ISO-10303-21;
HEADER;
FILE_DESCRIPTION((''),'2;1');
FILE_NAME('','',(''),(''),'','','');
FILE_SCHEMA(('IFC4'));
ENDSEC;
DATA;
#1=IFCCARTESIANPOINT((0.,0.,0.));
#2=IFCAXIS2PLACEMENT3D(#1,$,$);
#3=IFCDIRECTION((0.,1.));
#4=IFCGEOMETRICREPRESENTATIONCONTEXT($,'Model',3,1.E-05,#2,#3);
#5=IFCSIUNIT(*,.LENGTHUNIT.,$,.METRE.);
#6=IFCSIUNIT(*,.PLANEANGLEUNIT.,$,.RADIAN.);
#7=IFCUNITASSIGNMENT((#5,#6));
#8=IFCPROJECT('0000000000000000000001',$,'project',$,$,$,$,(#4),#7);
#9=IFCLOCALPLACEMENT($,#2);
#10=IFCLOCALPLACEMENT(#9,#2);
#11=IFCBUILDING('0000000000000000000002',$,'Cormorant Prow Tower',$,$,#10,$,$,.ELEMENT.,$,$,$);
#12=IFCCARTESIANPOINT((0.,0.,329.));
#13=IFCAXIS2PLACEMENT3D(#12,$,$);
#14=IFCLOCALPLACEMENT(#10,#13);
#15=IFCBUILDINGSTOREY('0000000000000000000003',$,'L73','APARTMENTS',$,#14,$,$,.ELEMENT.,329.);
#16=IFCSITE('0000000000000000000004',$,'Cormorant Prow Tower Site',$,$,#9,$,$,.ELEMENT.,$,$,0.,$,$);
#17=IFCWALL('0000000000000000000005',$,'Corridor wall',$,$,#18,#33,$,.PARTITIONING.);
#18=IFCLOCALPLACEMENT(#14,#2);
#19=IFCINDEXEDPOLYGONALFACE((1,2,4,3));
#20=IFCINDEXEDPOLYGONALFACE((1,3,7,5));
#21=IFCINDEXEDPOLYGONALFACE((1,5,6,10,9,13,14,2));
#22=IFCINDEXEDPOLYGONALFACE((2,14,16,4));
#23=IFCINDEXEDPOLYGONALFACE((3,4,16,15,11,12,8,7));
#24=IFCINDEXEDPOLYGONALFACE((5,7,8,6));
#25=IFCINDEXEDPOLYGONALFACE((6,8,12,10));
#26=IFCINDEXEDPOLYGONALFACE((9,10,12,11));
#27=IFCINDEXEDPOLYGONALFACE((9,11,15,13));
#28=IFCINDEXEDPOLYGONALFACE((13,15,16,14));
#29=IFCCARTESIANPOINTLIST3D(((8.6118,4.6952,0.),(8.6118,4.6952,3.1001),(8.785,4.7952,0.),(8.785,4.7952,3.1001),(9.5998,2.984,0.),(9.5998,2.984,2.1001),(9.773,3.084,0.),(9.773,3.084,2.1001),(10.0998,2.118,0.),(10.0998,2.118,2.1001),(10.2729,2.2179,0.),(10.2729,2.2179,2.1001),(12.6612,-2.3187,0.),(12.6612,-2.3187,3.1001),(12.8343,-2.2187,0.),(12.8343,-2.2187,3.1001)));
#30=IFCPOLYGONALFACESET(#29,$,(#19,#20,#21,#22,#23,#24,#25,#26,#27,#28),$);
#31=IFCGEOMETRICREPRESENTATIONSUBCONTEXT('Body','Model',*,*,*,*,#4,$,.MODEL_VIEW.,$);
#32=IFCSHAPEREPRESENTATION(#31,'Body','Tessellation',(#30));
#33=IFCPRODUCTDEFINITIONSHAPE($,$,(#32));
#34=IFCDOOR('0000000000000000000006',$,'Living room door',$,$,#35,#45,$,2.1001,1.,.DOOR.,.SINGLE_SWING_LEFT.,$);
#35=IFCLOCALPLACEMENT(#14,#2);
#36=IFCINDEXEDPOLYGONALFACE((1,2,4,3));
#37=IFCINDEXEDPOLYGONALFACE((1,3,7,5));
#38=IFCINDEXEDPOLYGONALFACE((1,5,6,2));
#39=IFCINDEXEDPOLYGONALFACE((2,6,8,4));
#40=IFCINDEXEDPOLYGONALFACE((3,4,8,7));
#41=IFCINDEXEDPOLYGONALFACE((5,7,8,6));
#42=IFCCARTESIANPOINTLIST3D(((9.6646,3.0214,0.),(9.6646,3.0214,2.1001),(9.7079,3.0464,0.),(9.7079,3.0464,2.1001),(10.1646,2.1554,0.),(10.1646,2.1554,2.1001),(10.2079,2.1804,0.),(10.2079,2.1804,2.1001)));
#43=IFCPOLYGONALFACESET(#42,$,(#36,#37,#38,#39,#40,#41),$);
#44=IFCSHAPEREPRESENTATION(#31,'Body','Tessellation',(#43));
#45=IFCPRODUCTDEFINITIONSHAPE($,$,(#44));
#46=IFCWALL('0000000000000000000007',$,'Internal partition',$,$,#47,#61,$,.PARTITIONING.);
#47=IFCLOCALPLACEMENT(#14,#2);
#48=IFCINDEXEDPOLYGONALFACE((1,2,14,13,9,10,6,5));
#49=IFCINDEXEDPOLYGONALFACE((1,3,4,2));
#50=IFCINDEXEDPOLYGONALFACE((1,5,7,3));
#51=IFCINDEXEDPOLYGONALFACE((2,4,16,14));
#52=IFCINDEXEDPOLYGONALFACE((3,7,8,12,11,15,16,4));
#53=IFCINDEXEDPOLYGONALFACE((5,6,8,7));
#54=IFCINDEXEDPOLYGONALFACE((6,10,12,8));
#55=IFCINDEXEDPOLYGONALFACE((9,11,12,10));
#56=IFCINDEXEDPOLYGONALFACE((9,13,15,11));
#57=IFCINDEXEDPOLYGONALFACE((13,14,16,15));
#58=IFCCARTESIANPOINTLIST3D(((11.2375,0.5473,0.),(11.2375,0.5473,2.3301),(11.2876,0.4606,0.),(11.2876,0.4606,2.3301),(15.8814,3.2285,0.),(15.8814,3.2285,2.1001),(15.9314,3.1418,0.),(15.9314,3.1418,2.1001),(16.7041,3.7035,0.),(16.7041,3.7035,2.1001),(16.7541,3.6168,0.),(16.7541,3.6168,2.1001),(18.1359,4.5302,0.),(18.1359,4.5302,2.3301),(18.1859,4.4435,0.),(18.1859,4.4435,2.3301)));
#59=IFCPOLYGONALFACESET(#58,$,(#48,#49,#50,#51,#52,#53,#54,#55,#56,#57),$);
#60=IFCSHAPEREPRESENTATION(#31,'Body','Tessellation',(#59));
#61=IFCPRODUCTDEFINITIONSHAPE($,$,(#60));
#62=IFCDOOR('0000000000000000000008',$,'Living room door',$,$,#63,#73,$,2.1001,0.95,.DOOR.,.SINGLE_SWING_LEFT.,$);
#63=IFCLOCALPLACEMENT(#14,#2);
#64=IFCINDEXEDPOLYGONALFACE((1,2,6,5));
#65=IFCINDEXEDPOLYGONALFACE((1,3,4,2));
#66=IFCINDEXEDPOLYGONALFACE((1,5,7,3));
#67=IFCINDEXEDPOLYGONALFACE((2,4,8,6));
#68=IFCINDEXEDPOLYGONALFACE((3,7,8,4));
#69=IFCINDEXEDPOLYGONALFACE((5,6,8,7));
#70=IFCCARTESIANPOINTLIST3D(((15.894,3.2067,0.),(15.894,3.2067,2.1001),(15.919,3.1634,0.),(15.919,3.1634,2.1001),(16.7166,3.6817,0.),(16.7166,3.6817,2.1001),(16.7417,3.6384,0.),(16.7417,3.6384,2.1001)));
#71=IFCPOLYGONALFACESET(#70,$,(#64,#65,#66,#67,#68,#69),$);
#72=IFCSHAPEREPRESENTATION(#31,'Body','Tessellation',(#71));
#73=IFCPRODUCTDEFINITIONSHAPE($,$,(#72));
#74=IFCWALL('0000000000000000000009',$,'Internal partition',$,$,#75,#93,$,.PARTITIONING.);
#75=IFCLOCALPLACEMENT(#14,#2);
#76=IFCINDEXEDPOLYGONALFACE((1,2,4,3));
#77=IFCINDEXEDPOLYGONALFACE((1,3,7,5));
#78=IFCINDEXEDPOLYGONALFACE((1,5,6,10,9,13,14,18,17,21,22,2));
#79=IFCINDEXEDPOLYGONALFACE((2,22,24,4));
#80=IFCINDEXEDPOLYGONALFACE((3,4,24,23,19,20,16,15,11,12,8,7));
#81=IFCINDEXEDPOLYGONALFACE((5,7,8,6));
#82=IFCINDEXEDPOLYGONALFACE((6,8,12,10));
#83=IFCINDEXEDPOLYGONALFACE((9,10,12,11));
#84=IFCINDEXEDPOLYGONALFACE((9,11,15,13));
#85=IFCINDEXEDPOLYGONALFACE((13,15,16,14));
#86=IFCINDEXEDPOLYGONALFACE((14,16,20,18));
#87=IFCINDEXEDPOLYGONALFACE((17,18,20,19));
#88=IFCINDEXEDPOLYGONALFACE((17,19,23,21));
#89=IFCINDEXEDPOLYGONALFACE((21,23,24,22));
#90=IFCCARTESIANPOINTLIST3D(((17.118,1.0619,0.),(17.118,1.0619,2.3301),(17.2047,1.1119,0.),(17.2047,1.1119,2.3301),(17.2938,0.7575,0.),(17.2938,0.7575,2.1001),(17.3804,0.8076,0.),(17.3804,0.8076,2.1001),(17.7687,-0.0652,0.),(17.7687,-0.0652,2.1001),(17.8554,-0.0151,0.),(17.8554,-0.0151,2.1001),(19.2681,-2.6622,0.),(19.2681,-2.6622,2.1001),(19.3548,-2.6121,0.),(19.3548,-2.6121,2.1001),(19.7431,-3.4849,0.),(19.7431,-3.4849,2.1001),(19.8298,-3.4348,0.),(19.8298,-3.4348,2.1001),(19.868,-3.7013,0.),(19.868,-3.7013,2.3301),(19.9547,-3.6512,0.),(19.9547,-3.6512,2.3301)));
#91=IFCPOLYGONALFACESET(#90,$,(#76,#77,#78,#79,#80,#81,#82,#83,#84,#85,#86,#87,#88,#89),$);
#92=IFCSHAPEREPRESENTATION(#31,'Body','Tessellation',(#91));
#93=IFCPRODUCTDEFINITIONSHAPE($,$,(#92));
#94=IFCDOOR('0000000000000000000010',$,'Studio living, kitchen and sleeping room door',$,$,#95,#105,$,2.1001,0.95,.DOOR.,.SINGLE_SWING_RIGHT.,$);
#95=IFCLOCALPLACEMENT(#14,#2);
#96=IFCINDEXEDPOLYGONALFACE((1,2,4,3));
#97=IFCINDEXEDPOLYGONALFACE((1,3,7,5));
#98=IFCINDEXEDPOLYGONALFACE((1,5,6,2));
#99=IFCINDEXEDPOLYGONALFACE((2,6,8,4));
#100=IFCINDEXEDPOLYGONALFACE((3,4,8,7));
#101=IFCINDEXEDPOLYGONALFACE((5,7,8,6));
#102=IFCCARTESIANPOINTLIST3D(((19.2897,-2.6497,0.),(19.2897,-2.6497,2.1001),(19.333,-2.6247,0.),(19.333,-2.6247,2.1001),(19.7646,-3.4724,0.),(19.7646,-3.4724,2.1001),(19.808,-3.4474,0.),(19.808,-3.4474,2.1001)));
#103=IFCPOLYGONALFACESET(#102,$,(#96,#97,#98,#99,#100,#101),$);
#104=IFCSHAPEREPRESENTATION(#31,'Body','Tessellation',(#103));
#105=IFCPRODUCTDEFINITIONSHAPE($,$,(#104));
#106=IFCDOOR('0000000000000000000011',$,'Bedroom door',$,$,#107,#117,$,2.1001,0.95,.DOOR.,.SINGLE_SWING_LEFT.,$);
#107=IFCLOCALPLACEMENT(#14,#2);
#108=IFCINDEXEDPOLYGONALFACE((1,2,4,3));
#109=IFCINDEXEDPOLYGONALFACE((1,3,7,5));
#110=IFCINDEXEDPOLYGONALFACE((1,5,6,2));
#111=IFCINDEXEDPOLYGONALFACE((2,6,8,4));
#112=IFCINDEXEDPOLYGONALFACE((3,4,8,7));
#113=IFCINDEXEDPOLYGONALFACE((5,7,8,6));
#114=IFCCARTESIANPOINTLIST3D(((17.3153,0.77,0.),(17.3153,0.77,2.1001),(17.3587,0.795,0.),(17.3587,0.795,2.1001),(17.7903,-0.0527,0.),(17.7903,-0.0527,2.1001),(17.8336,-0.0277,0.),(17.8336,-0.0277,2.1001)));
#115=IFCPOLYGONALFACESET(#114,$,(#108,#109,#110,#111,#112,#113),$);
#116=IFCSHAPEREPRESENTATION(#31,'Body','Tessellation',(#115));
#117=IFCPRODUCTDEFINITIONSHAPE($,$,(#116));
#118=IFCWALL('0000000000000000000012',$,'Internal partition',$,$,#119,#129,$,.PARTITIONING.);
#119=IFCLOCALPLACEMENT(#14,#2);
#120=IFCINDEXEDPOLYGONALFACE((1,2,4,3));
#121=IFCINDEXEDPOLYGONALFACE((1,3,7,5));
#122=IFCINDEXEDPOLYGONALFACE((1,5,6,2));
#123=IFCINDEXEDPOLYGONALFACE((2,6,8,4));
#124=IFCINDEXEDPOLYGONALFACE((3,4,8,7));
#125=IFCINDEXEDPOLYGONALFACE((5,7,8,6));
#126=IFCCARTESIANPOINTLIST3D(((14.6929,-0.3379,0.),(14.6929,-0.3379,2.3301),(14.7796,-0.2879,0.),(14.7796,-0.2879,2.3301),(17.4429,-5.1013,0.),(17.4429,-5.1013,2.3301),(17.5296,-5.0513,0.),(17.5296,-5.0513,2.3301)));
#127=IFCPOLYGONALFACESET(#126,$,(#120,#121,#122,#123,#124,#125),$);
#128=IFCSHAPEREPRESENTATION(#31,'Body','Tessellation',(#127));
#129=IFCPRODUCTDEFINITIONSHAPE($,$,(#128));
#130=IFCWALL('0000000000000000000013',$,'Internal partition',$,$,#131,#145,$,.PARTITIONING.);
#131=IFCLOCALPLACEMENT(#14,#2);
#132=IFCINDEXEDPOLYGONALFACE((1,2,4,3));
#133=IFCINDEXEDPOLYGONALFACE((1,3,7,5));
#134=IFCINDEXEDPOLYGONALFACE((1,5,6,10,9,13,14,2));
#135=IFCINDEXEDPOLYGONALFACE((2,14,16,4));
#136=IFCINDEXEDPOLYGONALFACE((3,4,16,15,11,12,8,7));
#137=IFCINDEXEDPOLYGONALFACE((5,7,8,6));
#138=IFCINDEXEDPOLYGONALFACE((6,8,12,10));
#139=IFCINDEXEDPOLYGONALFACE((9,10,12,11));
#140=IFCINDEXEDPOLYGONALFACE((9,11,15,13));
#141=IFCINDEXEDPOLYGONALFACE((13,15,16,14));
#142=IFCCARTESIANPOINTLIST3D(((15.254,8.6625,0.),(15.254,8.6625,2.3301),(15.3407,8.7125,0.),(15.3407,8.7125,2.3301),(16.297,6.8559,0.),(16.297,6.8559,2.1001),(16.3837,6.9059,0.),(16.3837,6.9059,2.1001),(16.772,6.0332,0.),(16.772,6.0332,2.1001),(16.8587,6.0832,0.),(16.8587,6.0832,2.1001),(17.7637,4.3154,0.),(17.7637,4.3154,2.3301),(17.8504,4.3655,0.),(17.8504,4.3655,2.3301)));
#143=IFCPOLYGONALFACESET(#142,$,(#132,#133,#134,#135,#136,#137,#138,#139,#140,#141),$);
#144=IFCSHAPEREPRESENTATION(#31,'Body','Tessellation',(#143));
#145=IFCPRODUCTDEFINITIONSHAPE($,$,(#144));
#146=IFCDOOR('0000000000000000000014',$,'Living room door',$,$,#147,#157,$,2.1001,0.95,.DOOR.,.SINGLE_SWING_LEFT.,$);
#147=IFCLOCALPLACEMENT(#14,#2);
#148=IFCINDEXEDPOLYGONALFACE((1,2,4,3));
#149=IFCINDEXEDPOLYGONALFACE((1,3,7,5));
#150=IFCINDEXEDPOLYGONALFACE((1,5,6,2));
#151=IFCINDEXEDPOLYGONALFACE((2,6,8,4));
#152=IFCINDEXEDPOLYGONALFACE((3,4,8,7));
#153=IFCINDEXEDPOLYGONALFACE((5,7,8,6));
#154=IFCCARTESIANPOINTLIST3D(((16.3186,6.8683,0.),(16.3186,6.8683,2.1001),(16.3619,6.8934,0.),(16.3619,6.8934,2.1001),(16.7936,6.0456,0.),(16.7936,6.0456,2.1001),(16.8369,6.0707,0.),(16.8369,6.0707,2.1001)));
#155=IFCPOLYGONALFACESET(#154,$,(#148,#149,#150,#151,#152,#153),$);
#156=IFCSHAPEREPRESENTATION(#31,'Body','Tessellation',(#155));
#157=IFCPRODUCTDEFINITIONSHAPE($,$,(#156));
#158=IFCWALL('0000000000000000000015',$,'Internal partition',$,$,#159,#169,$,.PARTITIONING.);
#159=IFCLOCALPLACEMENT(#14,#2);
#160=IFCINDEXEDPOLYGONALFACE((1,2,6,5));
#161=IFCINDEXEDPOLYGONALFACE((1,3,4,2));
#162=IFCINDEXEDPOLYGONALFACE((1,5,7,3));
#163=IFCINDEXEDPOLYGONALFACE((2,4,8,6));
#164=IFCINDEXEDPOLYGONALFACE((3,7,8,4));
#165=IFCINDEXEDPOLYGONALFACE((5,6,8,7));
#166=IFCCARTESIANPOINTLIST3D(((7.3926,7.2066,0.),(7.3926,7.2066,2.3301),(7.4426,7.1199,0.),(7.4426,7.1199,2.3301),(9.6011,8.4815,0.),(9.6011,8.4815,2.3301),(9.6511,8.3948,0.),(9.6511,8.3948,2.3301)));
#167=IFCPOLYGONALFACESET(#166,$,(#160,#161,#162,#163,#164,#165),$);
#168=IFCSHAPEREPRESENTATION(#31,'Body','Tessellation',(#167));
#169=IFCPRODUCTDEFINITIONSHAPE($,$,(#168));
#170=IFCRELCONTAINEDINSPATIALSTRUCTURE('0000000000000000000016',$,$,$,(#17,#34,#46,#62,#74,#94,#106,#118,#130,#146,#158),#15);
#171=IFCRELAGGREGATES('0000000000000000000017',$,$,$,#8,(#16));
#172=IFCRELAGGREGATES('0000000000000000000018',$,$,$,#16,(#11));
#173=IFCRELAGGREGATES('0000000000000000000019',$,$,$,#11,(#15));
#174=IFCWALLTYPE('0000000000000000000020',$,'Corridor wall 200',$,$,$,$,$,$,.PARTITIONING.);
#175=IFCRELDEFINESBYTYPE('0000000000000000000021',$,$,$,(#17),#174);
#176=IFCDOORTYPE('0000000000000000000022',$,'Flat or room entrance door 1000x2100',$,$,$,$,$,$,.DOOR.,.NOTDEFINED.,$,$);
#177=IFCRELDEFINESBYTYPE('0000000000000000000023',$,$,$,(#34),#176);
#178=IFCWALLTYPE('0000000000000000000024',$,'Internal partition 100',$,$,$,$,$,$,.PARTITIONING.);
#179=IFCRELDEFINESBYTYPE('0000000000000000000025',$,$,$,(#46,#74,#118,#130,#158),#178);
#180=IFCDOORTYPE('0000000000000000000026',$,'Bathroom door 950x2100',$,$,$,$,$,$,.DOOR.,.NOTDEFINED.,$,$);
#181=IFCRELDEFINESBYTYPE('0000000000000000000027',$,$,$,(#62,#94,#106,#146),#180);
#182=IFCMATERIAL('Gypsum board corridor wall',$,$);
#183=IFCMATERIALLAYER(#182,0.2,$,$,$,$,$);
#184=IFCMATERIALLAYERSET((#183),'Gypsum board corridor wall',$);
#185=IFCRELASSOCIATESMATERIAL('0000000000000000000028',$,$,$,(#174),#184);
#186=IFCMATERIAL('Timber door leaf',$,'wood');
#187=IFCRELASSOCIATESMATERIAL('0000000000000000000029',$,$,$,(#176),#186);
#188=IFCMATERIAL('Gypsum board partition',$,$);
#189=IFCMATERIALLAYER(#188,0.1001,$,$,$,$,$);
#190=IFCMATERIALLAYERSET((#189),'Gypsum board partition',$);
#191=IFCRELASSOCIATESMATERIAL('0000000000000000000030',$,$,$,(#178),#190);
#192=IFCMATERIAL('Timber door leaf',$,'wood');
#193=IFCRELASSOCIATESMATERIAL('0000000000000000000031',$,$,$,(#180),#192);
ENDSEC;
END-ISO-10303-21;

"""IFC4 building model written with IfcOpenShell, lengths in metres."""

from ifc_helpers import new_model, si_unit, direction, frame, frame_2d, origin, place, context, subcontext, project, spatial, rectangle, extrude, material, layer, layer_set, type_object, element, fill, save


model = new_model("IFC4")

# Units and contexts
model_context = context("Model", 3, precision=1e-05, world=origin(), true_north=direction((0.0, 1.0)))
body_context = subcontext(model_context, "Body", "Model", "MODEL_VIEW")
ifc_project = project(units=[si_unit("LENGTHUNIT", "METRE"), si_unit("PLANEANGLEUNIT", "RADIAN")], contexts=[model_context])

# Site, building, storey
site_placement = place(None, origin())
site = spatial("IfcSite", under=ifc_project, at=site_placement, Name="Cormorant Prow Tower Site", CompositionType="ELEMENT", RefElevation=0.0)
building_placement = place(site_placement, origin())
building = spatial("IfcBuilding", under=site, at=building_placement, Name="Cormorant Prow Tower", CompositionType="ELEMENT")
storey_placement = place(building_placement, frame((0.0, 0.0, 329.0)))
storey = spatial("IfcBuildingStorey", under=building, at=storey_placement, Name="L73", Description="APARTMENTS", CompositionType="ELEMENT", Elevation=329.0)

# Walls, openings, doors
ifc_material_1 = material(Name="Gypsum board corridor wall")
ifc_layer_1 = layer(ifc_material_1, 0.2)
ifc_layer_set_1 = layer_set([ifc_layer_1], Name="Gypsum board corridor wall")
wall_type_1 = type_object("IfcWallType", Name="Corridor wall 200", PredefinedType="PARTITIONING", material=ifc_layer_set_1)
wall_1_placement = place(storey_placement, frame((8.6985, 4.7451, 0.0), z_axis=(0.0, 0.0, 1.0), x_axis=(0.499984, -0.866034, 0.0)))
wall_1 = element("IfcWall", 1, at=wall_1_placement, inside=storey, type_object=wall_type_1, Name="Corridor wall", PredefinedType="PARTITIONING", context=body_context, shape_type="SweptSolid", body=[
    extrude(rectangle(XDim=8.0989, YDim=0.2, at=frame_2d((4.0493, 0.0))), origin(), (0.0, 0.0, 1.0), 3.1001),
])
opening_1_placement = place(wall_1_placement, frame((1.9758, 0.0, 0.0)))
opening_1 = element("IfcOpeningElement", 2, at=opening_1_placement, cuts=wall_1, PredefinedType="OPENING", context=body_context, shape_type="SweptSolid", body=[
    extrude(rectangle(XDim=1.0, YDim=2.1001, at=frame_2d((0.5, 1.05))), frame((0.0, 0.1099, 0.0), z_axis=(0.0, -1.0, 0.0), x_axis=(1.0, 0.0, 0.0)), (0.0, 0.0, 1.0), 0.22),
])
ifc_material_2 = material(Name="Timber door leaf", Category="wood")
door_type_1 = type_object("IfcDoorType", Name="Flat or room entrance door 1000x2100", OperationType="NOTDEFINED", PredefinedType="DOOR", material=ifc_material_2)
door_1_placement = place(opening_1_placement, origin())
door_1 = element("IfcDoor", 3, at=door_1_placement, inside=storey, type_object=door_type_1, Name="Living room door", OperationType="SINGLE_SWING_LEFT", OverallHeight=2.1001, OverallWidth=1.0, PredefinedType="DOOR", context=body_context, shape_type="SweptSolid", body=[
    extrude(rectangle(XDim=1.0, YDim=2.1001, at=frame_2d((0.5, 1.05))), frame((0.0, 0.0249, 0.0), z_axis=(0.0, -1.0, 0.0), x_axis=(1.0, 0.0, 0.0)), (0.0, 0.0, 1.0), 0.05),
])
fill(opening_1, door_1)
ifc_material_3 = material(Name="Gypsum board partition")
ifc_layer_2 = layer(ifc_material_3, 0.1001)
ifc_layer_set_2 = layer_set([ifc_layer_2], Name="Gypsum board partition")
wall_type_2 = type_object("IfcWallType", Name="Internal partition 100", PredefinedType="PARTITIONING", material=ifc_layer_set_2)
wall_2_placement = place(storey_placement, frame((11.2625, 0.5039, 0.0), z_axis=(0.0, 0.0, 1.0), x_axis=(0.86602, 0.500009, 0.0)))
wall_2 = element("IfcWall", 4, at=wall_2_placement, inside=storey, type_object=wall_type_2, Name="Internal partition", PredefinedType="PARTITIONING", context=body_context, shape_type="SweptSolid", body=[
    extrude(rectangle(XDim=7.9656, YDim=0.1001, at=frame_2d((3.9829, 0.0))), origin(), (0.0, 0.0, 1.0), 2.3301),
])
opening_2_placement = place(wall_2_placement, frame((5.3623, 0.0, 0.0)))
opening_2 = element("IfcOpeningElement", 5, at=opening_2_placement, cuts=wall_2, PredefinedType="OPENING", context=body_context, shape_type="SweptSolid", body=[
    extrude(rectangle(XDim=0.95, YDim=2.1001, at=frame_2d((0.4751, 1.05))), frame((0.0, 0.0601, 0.0), z_axis=(0.0, -1.0, 0.0), x_axis=(1.0, 0.0, 0.0)), (0.0, 0.0, 1.0), 0.1201),
])
ifc_material_4 = material(Name="Timber door leaf", Category="wood")
door_type_2 = type_object("IfcDoorType", Name="Bathroom door 950x2100", OperationType="NOTDEFINED", PredefinedType="DOOR", material=ifc_material_4)
door_2_placement = place(opening_2_placement, origin())
door_2 = element("IfcDoor", 6, at=door_2_placement, inside=storey, type_object=door_type_2, Name="Living room door", OperationType="SINGLE_SWING_LEFT", OverallHeight=2.1001, OverallWidth=0.95, PredefinedType="DOOR", context=body_context, shape_type="SweptSolid", body=[
    extrude(rectangle(XDim=0.95, YDim=2.1001, at=frame_2d((0.4751, 1.05))), frame((0.0, 0.0249, 0.0), z_axis=(0.0, -1.0, 0.0), x_axis=(1.0, 0.0, 0.0)), (0.0, 0.0, 1.0), 0.05),
])
fill(opening_2, door_2)

# Wall, openings, doors
wall_3_placement = place(storey_placement, frame((17.1614, 1.0869, 0.0), z_axis=(0.0, 0.0, 1.0), x_axis=(0.499997, -0.866027, 0.0)))
wall_3 = element("IfcWall", 7, at=wall_3_placement, inside=storey, type_object=wall_type_2, Name="Internal partition", PredefinedType="PARTITIONING", context=body_context, shape_type="SweptSolid", body=[
    extrude(rectangle(XDim=5.5, YDim=0.1001, at=frame_2d((2.75, 0.0))), origin(), (0.0, 0.0, 1.0), 2.3301),
])
opening_3_placement = place(wall_3_placement, frame((4.3, 0.0, 0.0)))
opening_3 = element("IfcOpeningElement", 8, at=opening_3_placement, cuts=wall_3, PredefinedType="OPENING", context=body_context, shape_type="SweptSolid", body=[
    extrude(rectangle(XDim=0.95, YDim=2.1001, at=frame_2d((0.4751, 1.05))), frame((0.0, 0.0601, 0.0), z_axis=(0.0, -1.0, 0.0), x_axis=(1.0, 0.0, 0.0)), (0.0, 0.0, 1.0), 0.1201),
])
opening_4_placement = place(wall_3_placement, frame((0.3513, 0.0, 0.0)))
opening_4 = element("IfcOpeningElement", 9, at=opening_4_placement, cuts=wall_3, PredefinedType="OPENING", context=body_context, shape_type="SweptSolid", body=[
    extrude(rectangle(XDim=0.95, YDim=2.1001, at=frame_2d((0.4751, 1.05))), frame((0.0, 0.0601, 0.0), z_axis=(0.0, -1.0, 0.0), x_axis=(1.0, 0.0, 0.0)), (0.0, 0.0, 1.0), 0.1201),
])
door_3_placement = place(opening_3_placement, origin())
door_3 = element("IfcDoor", 10, at=door_3_placement, inside=storey, type_object=door_type_2, Name="Studio living, kitchen and sleeping room door", OperationType="SINGLE_SWING_RIGHT", OverallHeight=2.1001, OverallWidth=0.95, PredefinedType="DOOR", context=body_context, shape_type="SweptSolid", body=[
    extrude(rectangle(XDim=0.95, YDim=2.1001, at=frame_2d((0.4751, 1.05))), frame((0.0, 0.0249, 0.0), z_axis=(0.0, -1.0, 0.0), x_axis=(1.0, 0.0, 0.0)), (0.0, 0.0, 1.0), 0.05),
])
fill(opening_3, door_3)
door_4_placement = place(opening_4_placement, origin())
door_4 = element("IfcDoor", 11, at=door_4_placement, inside=storey, type_object=door_type_2, Name="Bedroom door", OperationType="SINGLE_SWING_LEFT", OverallHeight=2.1001, OverallWidth=0.95, PredefinedType="DOOR", context=body_context, shape_type="SweptSolid", body=[
    extrude(rectangle(XDim=0.95, YDim=2.1001, at=frame_2d((0.4751, 1.05))), frame((0.0, 0.0249, 0.0), z_axis=(0.0, -1.0, 0.0), x_axis=(1.0, 0.0, 0.0)), (0.0, 0.0, 1.0), 0.05),
])
fill(opening_4, door_4)

# Wall
wall_4_placement = place(storey_placement, frame((14.7363, -0.313, 0.0), z_axis=(0.0, 0.0, 1.0), x_axis=(0.499977, -0.866038, 0.0)))
element("IfcWall", 12, at=wall_4_placement, inside=storey, type_object=wall_type_2, Name="Internal partition", PredefinedType="PARTITIONING", context=body_context, shape_type="SweptSolid", body=[
    extrude(rectangle(XDim=5.5002, YDim=0.1001, at=frame_2d((2.75, 0.0))), origin(), (0.0, 0.0, 1.0), 2.3301),
])

# Wall, opening, door
wall_5_placement = place(storey_placement, frame((15.2974, 8.6875, 0.0), z_axis=(0.0, 0.0, 1.0), x_axis=(0.499989, -0.866032, 0.0)))
wall_5 = element("IfcWall", 13, at=wall_5_placement, inside=storey, type_object=wall_type_2, Name="Internal partition", PredefinedType="PARTITIONING", context=body_context, shape_type="SweptSolid", body=[
    extrude(rectangle(XDim=5.0195, YDim=0.1001, at=frame_2d((2.5098, 0.0))), origin(), (0.0, 0.0, 1.0), 2.3301),
])
opening_5_placement = place(wall_5_placement, frame((2.0859, 0.0, 0.0)))
opening_5 = element("IfcOpeningElement", 14, at=opening_5_placement, cuts=wall_5, PredefinedType="OPENING", context=body_context, shape_type="SweptSolid", body=[
    extrude(rectangle(XDim=0.95, YDim=2.1001, at=frame_2d((0.4751, 1.05))), frame((0.0, 0.0601, 0.0), z_axis=(0.0, -1.0, 0.0), x_axis=(1.0, 0.0, 0.0)), (0.0, 0.0, 1.0), 0.1201),
])
door_5_placement = place(opening_5_placement, origin())
door_5 = element("IfcDoor", 15, at=door_5_placement, inside=storey, type_object=door_type_2, Name="Living room door", OperationType="SINGLE_SWING_LEFT", OverallHeight=2.1001, OverallWidth=0.95, PredefinedType="DOOR", context=body_context, shape_type="SweptSolid", body=[
    extrude(rectangle(XDim=0.95, YDim=2.1001, at=frame_2d((0.4751, 1.05))), frame((0.0, 0.0249, 0.0), z_axis=(0.0, -1.0, 0.0), x_axis=(1.0, 0.0, 0.0)), (0.0, 0.0, 1.0), 0.05),
])
fill(opening_5, door_5)

# Wall
wall_6_placement = place(storey_placement, frame((7.4177, 7.1633, 0.0), z_axis=(0.0, 0.0, 1.0), x_axis=(0.866055, 0.499949, 0.0)))
element("IfcWall", 16, at=wall_6_placement, inside=storey, type_object=wall_type_2, Name="Internal partition", PredefinedType="PARTITIONING", context=body_context, shape_type="SweptSolid", body=[
    extrude(rectangle(XDim=2.55, YDim=0.1001, at=frame_2d((1.2749, 0.0))), origin(), (0.0, 0.0, 1.0), 2.3301),
])

save(model, "model.ifc")
